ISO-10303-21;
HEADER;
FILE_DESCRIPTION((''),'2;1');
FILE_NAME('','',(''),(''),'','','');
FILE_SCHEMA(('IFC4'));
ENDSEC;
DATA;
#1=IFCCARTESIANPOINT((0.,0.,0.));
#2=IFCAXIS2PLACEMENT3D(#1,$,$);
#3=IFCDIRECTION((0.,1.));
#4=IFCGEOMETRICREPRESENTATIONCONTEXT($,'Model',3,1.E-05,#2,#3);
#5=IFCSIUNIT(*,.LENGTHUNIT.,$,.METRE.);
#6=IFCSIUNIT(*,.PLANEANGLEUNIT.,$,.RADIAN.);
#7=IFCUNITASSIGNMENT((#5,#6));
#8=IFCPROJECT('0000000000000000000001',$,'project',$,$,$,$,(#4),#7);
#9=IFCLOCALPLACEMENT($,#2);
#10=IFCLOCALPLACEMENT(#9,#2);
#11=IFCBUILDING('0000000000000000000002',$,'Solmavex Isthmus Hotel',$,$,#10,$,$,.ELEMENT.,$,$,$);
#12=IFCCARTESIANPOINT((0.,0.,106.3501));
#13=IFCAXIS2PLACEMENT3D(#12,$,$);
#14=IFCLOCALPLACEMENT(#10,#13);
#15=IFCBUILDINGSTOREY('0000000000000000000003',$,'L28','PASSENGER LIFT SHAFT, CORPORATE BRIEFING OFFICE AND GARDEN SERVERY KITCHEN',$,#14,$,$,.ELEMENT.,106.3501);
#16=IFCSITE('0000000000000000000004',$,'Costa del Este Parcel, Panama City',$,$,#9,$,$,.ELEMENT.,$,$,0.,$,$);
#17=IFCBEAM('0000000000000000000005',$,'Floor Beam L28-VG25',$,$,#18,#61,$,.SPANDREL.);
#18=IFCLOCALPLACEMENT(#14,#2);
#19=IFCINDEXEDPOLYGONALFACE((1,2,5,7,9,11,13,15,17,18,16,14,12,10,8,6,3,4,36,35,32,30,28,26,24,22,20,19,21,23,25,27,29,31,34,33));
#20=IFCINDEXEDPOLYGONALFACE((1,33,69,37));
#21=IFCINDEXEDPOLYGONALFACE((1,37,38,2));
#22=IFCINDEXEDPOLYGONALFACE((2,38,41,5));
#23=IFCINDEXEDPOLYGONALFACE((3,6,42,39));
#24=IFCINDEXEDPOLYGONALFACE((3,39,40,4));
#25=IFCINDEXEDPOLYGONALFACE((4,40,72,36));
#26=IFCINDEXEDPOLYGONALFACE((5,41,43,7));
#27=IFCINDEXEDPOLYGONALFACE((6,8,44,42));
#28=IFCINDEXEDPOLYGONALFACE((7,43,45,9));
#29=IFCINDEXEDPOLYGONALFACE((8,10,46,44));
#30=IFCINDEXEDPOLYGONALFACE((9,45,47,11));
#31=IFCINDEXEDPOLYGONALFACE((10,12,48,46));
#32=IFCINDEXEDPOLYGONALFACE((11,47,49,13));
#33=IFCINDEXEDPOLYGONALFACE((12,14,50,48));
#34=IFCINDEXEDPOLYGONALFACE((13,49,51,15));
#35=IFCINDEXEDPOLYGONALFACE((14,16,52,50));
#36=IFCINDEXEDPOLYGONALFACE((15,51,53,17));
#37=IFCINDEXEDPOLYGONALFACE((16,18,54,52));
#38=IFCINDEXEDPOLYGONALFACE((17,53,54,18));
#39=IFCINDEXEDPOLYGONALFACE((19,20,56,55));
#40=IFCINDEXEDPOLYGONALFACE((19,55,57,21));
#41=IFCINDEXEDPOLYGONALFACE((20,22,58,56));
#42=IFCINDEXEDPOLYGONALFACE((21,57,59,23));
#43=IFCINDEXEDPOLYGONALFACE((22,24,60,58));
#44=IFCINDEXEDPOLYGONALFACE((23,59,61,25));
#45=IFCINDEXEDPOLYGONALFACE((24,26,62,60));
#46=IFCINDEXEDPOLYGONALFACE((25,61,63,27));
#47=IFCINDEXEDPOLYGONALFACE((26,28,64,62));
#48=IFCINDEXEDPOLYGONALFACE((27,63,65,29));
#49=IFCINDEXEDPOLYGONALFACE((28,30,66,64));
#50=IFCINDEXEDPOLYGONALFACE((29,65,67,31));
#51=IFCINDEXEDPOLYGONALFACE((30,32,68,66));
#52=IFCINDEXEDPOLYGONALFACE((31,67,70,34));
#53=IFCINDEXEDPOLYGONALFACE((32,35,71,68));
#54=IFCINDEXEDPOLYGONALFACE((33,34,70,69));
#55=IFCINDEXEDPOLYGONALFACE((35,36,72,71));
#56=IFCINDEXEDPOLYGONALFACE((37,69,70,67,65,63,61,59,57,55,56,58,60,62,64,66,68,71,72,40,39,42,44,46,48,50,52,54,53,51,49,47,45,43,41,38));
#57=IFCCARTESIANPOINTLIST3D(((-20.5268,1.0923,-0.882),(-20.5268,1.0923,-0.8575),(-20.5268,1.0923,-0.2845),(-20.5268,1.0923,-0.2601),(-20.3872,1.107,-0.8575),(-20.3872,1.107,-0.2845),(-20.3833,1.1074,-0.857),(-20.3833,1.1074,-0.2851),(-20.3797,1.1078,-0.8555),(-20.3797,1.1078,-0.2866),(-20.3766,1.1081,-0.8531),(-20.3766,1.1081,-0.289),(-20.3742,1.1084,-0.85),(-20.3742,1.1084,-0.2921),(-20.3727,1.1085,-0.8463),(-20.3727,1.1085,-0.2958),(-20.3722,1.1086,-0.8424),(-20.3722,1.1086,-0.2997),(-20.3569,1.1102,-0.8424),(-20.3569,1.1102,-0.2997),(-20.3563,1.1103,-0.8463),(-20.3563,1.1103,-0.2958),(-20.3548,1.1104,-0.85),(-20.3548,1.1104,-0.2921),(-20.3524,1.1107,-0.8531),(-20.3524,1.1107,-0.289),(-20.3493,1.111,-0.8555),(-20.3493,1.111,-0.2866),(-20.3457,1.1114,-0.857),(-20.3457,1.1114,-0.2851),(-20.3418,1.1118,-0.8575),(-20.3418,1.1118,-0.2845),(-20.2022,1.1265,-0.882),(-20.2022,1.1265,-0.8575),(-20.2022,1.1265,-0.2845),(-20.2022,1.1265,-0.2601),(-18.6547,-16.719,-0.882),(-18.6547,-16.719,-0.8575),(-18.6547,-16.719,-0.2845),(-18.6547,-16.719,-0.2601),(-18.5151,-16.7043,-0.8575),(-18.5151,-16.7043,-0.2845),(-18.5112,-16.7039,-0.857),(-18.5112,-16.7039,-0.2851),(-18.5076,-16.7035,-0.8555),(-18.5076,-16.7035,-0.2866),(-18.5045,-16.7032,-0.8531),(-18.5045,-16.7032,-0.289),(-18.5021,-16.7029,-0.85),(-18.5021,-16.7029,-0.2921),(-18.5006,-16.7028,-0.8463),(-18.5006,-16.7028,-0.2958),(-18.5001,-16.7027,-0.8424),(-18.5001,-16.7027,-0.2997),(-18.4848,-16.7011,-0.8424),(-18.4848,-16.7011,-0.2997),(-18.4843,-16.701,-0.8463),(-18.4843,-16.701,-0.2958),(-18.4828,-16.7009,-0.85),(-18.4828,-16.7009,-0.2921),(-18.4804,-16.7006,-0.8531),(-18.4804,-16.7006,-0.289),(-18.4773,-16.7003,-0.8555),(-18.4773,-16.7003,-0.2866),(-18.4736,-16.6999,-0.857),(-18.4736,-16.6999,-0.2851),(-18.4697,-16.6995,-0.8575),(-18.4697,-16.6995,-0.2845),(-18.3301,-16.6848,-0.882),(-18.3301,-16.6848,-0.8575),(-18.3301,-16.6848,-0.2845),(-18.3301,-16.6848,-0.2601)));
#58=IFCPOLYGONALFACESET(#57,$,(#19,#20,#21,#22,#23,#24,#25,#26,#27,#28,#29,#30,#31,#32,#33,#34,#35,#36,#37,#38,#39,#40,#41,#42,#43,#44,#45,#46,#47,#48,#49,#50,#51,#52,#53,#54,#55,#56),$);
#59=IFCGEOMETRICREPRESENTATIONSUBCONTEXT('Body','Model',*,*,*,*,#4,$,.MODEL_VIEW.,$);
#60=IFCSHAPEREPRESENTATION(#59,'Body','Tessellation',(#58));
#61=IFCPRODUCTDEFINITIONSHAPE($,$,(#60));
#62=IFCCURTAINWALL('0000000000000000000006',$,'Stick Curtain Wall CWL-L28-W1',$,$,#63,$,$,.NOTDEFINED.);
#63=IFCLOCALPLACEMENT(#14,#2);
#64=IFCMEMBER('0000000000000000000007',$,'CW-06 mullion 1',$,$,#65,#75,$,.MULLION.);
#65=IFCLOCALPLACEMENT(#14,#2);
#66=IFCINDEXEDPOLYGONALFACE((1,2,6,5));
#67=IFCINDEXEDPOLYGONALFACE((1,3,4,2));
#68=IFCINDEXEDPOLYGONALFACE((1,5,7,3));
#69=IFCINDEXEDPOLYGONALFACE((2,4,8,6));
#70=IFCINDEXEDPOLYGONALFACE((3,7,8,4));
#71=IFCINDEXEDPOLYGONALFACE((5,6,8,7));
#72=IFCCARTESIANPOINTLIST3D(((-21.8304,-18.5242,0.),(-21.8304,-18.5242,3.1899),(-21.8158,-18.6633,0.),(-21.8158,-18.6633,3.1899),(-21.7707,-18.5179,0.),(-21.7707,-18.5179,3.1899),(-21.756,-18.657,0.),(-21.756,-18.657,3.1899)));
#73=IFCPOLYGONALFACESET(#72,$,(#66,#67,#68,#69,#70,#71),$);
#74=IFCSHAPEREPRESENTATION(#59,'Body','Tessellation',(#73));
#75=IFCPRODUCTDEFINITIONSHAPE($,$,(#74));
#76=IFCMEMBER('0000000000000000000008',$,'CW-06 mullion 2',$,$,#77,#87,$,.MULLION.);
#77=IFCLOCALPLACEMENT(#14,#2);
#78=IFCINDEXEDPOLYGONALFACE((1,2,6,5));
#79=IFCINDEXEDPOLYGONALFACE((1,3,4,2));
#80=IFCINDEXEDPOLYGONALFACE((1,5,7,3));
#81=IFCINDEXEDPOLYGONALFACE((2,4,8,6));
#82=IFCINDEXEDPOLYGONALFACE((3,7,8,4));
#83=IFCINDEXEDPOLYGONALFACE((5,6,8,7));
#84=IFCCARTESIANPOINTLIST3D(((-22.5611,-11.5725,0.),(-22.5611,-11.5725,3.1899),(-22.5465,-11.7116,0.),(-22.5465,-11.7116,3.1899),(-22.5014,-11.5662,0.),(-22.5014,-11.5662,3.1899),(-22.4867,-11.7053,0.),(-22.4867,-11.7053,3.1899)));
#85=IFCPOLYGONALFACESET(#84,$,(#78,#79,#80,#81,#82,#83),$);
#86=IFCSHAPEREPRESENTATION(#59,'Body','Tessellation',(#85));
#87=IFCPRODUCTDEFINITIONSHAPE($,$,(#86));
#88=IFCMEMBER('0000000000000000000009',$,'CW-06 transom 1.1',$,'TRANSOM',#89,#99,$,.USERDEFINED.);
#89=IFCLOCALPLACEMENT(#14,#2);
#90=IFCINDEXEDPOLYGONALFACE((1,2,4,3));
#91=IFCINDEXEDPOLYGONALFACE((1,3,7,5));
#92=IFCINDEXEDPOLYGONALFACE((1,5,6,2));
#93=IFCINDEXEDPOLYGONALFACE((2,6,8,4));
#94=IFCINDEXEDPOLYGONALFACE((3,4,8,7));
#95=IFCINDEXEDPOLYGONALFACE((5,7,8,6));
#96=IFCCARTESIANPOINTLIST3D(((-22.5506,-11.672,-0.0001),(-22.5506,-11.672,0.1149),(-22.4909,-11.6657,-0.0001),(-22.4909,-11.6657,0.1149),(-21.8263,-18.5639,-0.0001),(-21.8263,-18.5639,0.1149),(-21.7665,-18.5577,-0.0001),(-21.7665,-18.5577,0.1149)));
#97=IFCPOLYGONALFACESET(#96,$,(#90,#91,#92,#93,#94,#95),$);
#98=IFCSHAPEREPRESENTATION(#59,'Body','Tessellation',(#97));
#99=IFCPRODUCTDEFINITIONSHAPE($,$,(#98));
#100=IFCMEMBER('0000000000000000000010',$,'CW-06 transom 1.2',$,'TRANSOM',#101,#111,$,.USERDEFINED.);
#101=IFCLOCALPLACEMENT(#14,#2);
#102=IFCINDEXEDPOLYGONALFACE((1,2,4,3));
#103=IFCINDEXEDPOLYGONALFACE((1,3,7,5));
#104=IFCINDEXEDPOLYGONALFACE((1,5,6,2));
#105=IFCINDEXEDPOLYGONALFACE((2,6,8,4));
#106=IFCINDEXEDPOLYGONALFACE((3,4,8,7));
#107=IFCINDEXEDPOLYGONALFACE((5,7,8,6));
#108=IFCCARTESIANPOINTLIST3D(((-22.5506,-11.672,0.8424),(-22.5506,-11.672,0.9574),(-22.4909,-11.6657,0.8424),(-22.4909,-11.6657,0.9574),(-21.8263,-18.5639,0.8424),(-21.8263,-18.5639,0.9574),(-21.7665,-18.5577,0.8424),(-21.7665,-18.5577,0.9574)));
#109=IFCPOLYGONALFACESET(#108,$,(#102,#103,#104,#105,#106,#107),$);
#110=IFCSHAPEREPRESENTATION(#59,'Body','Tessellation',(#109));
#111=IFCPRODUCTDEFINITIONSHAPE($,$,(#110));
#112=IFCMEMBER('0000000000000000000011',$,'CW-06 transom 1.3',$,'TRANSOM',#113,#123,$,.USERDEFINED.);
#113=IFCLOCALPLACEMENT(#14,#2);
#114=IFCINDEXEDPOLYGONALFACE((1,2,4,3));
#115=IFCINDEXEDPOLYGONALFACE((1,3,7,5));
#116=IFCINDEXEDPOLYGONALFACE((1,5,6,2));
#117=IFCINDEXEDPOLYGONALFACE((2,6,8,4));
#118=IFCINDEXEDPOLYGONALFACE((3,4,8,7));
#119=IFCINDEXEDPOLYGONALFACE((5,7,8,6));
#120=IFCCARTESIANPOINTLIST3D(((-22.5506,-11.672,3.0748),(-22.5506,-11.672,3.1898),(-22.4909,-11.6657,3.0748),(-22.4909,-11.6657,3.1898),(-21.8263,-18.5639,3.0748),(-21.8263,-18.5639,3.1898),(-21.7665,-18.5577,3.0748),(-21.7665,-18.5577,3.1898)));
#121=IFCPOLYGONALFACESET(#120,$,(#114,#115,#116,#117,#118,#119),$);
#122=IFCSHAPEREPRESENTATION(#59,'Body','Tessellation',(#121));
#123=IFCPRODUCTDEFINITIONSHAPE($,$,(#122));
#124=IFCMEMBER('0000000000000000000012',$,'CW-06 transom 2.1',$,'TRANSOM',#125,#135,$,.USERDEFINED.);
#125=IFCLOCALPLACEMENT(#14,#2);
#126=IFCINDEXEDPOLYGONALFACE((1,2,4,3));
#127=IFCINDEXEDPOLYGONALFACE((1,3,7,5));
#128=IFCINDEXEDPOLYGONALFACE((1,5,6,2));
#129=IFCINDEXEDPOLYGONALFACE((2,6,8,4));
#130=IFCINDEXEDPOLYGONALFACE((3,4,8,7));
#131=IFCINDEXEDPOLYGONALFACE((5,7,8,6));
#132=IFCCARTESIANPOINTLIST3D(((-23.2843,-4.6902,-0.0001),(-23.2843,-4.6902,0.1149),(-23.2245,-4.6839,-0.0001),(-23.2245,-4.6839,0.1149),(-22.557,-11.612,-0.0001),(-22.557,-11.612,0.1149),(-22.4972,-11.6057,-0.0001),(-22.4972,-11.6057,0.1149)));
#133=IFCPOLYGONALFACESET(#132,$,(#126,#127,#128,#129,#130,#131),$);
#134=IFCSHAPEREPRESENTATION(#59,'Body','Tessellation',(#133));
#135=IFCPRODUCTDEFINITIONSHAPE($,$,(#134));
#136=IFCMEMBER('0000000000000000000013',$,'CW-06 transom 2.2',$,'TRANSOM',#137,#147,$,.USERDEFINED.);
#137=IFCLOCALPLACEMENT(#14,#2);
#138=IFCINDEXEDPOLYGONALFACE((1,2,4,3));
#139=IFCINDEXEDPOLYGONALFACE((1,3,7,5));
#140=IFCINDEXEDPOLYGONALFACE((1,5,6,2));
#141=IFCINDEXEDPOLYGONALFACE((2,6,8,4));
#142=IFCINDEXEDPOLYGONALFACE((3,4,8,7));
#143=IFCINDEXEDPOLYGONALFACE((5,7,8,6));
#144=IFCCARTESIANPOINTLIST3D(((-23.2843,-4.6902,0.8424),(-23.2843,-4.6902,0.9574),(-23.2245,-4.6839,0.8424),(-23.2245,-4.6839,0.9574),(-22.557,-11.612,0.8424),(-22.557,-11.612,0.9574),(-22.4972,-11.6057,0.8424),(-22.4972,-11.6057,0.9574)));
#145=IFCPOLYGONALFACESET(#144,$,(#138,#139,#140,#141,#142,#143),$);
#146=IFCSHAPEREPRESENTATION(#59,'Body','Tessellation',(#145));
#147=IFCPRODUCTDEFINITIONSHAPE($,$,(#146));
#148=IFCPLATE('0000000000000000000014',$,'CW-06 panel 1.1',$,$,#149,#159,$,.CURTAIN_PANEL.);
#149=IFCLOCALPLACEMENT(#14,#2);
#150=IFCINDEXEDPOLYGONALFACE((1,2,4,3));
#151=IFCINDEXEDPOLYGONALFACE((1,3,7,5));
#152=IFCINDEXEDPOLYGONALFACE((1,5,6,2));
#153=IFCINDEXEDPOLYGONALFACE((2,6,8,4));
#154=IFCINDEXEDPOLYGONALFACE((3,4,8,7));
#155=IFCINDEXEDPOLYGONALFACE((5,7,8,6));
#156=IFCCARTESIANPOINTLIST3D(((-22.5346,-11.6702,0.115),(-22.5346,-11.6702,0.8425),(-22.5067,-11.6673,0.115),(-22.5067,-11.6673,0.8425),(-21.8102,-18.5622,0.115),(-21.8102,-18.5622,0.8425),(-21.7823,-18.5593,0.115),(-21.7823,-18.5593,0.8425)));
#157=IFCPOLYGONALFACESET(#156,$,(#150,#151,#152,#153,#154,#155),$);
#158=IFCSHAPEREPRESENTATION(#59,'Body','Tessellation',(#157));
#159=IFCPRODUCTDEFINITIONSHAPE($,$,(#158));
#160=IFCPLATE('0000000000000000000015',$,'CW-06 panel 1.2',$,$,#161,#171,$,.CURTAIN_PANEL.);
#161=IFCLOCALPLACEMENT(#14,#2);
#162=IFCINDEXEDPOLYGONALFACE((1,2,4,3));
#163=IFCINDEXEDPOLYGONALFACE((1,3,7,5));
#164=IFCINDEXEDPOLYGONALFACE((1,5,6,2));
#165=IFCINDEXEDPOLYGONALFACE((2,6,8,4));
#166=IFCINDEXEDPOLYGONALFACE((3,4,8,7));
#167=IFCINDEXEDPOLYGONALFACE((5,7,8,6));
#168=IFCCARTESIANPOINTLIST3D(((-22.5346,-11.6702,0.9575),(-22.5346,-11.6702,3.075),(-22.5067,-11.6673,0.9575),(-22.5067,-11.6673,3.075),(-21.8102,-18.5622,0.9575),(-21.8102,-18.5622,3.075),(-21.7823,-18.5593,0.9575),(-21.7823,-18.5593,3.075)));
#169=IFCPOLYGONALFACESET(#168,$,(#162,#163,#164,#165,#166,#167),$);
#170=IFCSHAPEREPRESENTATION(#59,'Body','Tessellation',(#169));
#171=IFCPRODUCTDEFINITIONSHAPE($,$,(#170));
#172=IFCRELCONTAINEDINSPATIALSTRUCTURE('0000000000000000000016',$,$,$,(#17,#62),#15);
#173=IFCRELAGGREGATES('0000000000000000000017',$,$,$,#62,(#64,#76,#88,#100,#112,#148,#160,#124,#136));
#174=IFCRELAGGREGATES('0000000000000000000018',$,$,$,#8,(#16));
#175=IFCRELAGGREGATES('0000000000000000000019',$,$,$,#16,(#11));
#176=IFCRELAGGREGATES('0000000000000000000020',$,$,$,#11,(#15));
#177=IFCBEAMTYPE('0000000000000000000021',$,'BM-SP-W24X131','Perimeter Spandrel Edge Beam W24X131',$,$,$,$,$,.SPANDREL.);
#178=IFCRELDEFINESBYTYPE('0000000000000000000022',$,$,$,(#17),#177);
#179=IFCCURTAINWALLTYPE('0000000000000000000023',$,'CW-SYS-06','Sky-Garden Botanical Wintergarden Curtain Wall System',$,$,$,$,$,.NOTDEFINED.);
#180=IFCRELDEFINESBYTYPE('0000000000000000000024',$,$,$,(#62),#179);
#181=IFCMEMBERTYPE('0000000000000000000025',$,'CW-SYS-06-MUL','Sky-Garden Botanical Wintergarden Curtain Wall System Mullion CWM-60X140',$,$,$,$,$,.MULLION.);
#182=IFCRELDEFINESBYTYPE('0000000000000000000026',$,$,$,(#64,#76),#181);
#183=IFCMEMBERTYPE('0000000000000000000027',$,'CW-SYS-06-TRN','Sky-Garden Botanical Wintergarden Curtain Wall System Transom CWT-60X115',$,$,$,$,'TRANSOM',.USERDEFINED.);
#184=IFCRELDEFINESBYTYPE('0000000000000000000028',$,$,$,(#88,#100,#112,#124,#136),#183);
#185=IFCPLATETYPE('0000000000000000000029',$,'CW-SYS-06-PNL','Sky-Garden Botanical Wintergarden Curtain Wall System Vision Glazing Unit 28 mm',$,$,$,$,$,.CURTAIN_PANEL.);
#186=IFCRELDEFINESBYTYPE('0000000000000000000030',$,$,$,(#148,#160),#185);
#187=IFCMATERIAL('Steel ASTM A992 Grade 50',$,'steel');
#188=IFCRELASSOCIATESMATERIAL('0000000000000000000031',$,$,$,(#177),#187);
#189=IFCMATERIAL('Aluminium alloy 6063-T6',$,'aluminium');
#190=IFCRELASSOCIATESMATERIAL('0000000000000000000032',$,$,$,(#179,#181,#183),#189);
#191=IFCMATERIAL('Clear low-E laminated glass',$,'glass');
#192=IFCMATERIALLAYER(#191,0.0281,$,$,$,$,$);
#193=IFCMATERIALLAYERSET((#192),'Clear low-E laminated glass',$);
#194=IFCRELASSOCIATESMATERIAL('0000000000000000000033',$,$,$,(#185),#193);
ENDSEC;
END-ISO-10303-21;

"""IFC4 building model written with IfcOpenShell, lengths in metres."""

from ifc_helpers import new_model, si_unit, direction, frame, origin, origin_2d, place, context, subcontext, project, spatial, rectangle, i_section, extrude, material, layer, layer_set, material_profile, profile_set, type_object, element, aggregate, save


model = new_model("IFC4")

# Units and contexts
model_context = context("Model", 3, precision=1e-05, world=origin(), true_north=direction((0.0, 1.0)))
body_context = subcontext(model_context, "Body", "Model", "MODEL_VIEW")
ifc_project = project(units=[si_unit("LENGTHUNIT", "METRE"), si_unit("PLANEANGLEUNIT", "RADIAN")], contexts=[model_context])

# Site, building, storey
site_placement = place(None, origin())
site = spatial("IfcSite", under=ifc_project, at=site_placement, Name="Costa del Este Parcel, Panama City", CompositionType="ELEMENT", RefElevation=0.0)
building_placement = place(site_placement, origin())
building = spatial("IfcBuilding", under=site, at=building_placement, Name="Solmavex Isthmus Hotel", CompositionType="ELEMENT")
storey_placement = place(building_placement, frame((0.0, 0.0, 106.3501)))
storey = spatial("IfcBuildingStorey", under=building, at=storey_placement, Name="L28", Description="PASSENGER LIFT SHAFT, CORPORATE BRIEFING OFFICE AND GARDEN SERVERY KITCHEN", CompositionType="ELEMENT", Elevation=106.3501)

# Beam
ifc_material_1 = material(Name="Steel ASTM A992 Grade 50", Category="steel")
ifc_material_profile_1 = material_profile(ifc_material_1, i_section(OverallWidth=0.3264, OverallDepth=0.6218, WebThickness=0.0154, FlangeThickness=0.0244, FilletRadius=0.0151, at=origin_2d()), Name="W24X131")
ifc_profile_set_1 = profile_set([ifc_material_profile_1], Name="Steel ASTM A992 Grade 50")
beam_type_1 = type_object("IfcBeamType", Name="BM-SP-W24X131", Description="Perimeter Spandrel Edge Beam W24X131", PredefinedType="SPANDREL", material=ifc_profile_set_1)
beam_1_placement = place(storey_placement, frame((-18.4924, -16.7019, -0.571), z_axis=(-0.10453, 0.994522, 0.0), x_axis=(-0.994522, -0.10453, 0.0)))
element("IfcBeam", 1, at=beam_1_placement, inside=storey, type_object=beam_type_1, Name="Floor Beam L28-VG25", PredefinedType="SPANDREL", context=body_context, shape_type="SweptSolid", body=[
    extrude(i_section(OverallWidth=0.3264, OverallDepth=0.6218, WebThickness=0.0154, FlangeThickness=0.0244, FilletRadius=0.0151, at=origin_2d()), origin(), (0.0, 0.0, 1.0), 17.9094),
])

# Curtain wall, members, plates
ifc_material_2 = material(Name="Aluminium alloy 6063-T6", Category="aluminium")
curtain_wall_type = type_object("IfcCurtainWallType", Name="CW-SYS-06", Description="Sky-Garden Botanical Wintergarden Curtain Wall System", PredefinedType="NOTDEFINED", material=ifc_material_2)
curtain_wall_placement = place(storey_placement, origin())
curtain_wall = element("IfcCurtainWall", 2, at=curtain_wall_placement, inside=storey, type_object=curtain_wall_type, Name="Stick Curtain Wall CWL-L28-W1", PredefinedType="NOTDEFINED")
ifc_material_profile_2 = material_profile(ifc_material_2, rectangle(XDim=0.0601, YDim=0.1399, at=origin_2d()), Name="CWM-60X140")
ifc_profile_set_2 = profile_set([ifc_material_profile_2], Name="Aluminium alloy 6063-T6")
member_type_1 = type_object("IfcMemberType", Name="CW-SYS-06-MUL", Description="Sky-Garden Botanical Wintergarden Curtain Wall System Mullion CWM-60X140", PredefinedType="MULLION", material=ifc_profile_set_2)
member_1_placement = place(storey_placement, frame((-21.7932, -18.5906, 0.0), z_axis=(0.0, 0.0, 1.0), x_axis=(-0.994522, -0.104528, 0.0)))
member_1 = element("IfcMember", 3, at=member_1_placement, type_object=member_type_1, Name="CW-06 mullion 1", PredefinedType="MULLION", context=body_context, shape_type="SweptSolid", body=[
    extrude(rectangle(XDim=0.0601, YDim=0.1399, at=origin_2d()), origin(), (0.0, 0.0, 1.0), 3.1899),
])
member_2_placement = place(storey_placement, frame((-22.5239, -11.6389, 0.0), z_axis=(0.0, 0.0, 1.0), x_axis=(-0.994522, -0.104528, 0.0)))
member_2 = element("IfcMember", 4, at=member_2_placement, type_object=member_type_1, Name="CW-06 mullion 2", PredefinedType="MULLION", context=body_context, shape_type="SweptSolid", body=[
    extrude(rectangle(XDim=0.0601, YDim=0.1399, at=origin_2d()), origin(), (0.0, 0.0, 1.0), 3.1899),
])
ifc_material_profile_3 = material_profile(ifc_material_2, rectangle(XDim=0.0601, YDim=0.115, at=origin_2d()), Name="CWT-60X115")
ifc_profile_set_3 = profile_set([ifc_material_profile_3], Name="Aluminium alloy 6063-T6")
member_type_2 = type_object("IfcMemberType", Name="CW-SYS-06-TRN", Description="Sky-Garden Botanical Wintergarden Curtain Wall System Transom CWT-60X115", ElementType="TRANSOM", PredefinedType="USERDEFINED", material=ifc_profile_set_3)
member_3_placement = place(storey_placement, frame((-21.7964, -18.5608, 0.0574), z_axis=(-0.104525, 0.994522, 0.0), x_axis=(-0.994522, -0.104525, 0.0)))
member_3 = element("IfcMember", 5, at=member_3_placement, type_object=member_type_2, Name="CW-06 transom 1.1", ObjectType="TRANSOM", PredefinedType="USERDEFINED", context=body_context, shape_type="SweptSolid", body=[
    extrude(rectangle(XDim=0.0601, YDim=0.115, at=origin_2d()), origin(), (0.0, 0.0, 1.0), 6.9299),
])
member_4_placement = place(storey_placement, frame((-21.7964, -18.5608, 0.8999), z_axis=(-0.104525, 0.994522, 0.0), x_axis=(-0.994522, -0.104525, 0.0)))
member_4 = element("IfcMember", 6, at=member_4_placement, type_object=member_type_2, Name="CW-06 transom 1.2", ObjectType="TRANSOM", PredefinedType="USERDEFINED", context=body_context, shape_type="SweptSolid", body=[
    extrude(rectangle(XDim=0.0601, YDim=0.115, at=origin_2d()), origin(), (0.0, 0.0, 1.0), 6.9299),
])
member_5_placement = place(storey_placement, frame((-21.7964, -18.5608, 3.1323), z_axis=(-0.104525, 0.994522, 0.0), x_axis=(-0.994522, -0.104525, 0.0)))
member_5 = element("IfcMember", 7, at=member_5_placement, type_object=member_type_2, Name="CW-06 transom 1.3", ObjectType="TRANSOM", PredefinedType="USERDEFINED", context=body_context, shape_type="SweptSolid", body=[
    extrude(rectangle(XDim=0.0601, YDim=0.115, at=origin_2d()), origin(), (0.0, 0.0, 1.0), 6.9299),
])
member_6_placement = place(storey_placement, frame((-22.5271, -11.6089, 0.0574), z_axis=(-0.104497, 0.994525, 0.0), x_axis=(-0.994525, -0.104497, 0.0)))
member_6 = element("IfcMember", 8, at=member_6_placement, type_object=member_type_2, Name="CW-06 transom 2.1", ObjectType="TRANSOM", PredefinedType="USERDEFINED", context=body_context, shape_type="SweptSolid", body=[
    extrude(rectangle(XDim=0.0601, YDim=0.115, at=origin_2d()), origin(), (0.0, 0.0, 1.0), 6.96),
])
member_7_placement = place(storey_placement, frame((-22.5271, -11.6089, 0.8999), z_axis=(-0.104497, 0.994525, 0.0), x_axis=(-0.994525, -0.104497, 0.0)))
member_7 = element("IfcMember", 9, at=member_7_placement, type_object=member_type_2, Name="CW-06 transom 2.2", ObjectType="TRANSOM", PredefinedType="USERDEFINED", context=body_context, shape_type="SweptSolid", body=[
    extrude(rectangle(XDim=0.0601, YDim=0.115, at=origin_2d()), origin(), (0.0, 0.0, 1.0), 6.96),
])
ifc_material_3 = material(Name="Clear low-E laminated glass", Category="glass")
ifc_layer_1 = layer(ifc_material_3, 0.0281)
ifc_layer_set_1 = layer_set([ifc_layer_1], Name="Clear low-E laminated glass")
plate_type = type_object("IfcPlateType", Name="CW-SYS-06-PNL", Description="Sky-Garden Botanical Wintergarden Curtain Wall System Vision Glazing Unit 28 mm", PredefinedType="CURTAIN_PANEL", material=ifc_layer_set_1)
plate_1_placement = place(storey_placement, frame((-22.1584, -15.1147, 0.115), z_axis=(0.0, 0.0, 1.0), x_axis=(-0.104528, 0.994522, 0.0)))
plate_1 = element("IfcPlate", 10, at=plate_1_placement, type_object=plate_type, Name="CW-06 panel 1.1", PredefinedType="CURTAIN_PANEL", context=body_context, shape_type="SweptSolid", body=[
    extrude(rectangle(XDim=6.9299, YDim=0.0281, at=origin_2d()), origin(), (0.0, 0.0, 1.0), 0.7275),
])
plate_2_placement = place(storey_placement, frame((-22.1584, -15.1147, 0.9575), z_axis=(0.0, 0.0, 1.0), x_axis=(-0.104528, 0.994522, 0.0)))
plate_2 = element("IfcPlate", 11, at=plate_2_placement, type_object=plate_type, Name="CW-06 panel 1.2", PredefinedType="CURTAIN_PANEL", context=body_context, shape_type="SweptSolid", body=[
    extrude(rectangle(XDim=6.9299, YDim=0.0281, at=origin_2d()), origin(), (0.0, 0.0, 1.0), 2.1174),
])
aggregate(curtain_wall, [member_1, member_2, member_3, member_4, member_5, plate_1, plate_2, member_6, member_7])

save(model, "model.ifc")
